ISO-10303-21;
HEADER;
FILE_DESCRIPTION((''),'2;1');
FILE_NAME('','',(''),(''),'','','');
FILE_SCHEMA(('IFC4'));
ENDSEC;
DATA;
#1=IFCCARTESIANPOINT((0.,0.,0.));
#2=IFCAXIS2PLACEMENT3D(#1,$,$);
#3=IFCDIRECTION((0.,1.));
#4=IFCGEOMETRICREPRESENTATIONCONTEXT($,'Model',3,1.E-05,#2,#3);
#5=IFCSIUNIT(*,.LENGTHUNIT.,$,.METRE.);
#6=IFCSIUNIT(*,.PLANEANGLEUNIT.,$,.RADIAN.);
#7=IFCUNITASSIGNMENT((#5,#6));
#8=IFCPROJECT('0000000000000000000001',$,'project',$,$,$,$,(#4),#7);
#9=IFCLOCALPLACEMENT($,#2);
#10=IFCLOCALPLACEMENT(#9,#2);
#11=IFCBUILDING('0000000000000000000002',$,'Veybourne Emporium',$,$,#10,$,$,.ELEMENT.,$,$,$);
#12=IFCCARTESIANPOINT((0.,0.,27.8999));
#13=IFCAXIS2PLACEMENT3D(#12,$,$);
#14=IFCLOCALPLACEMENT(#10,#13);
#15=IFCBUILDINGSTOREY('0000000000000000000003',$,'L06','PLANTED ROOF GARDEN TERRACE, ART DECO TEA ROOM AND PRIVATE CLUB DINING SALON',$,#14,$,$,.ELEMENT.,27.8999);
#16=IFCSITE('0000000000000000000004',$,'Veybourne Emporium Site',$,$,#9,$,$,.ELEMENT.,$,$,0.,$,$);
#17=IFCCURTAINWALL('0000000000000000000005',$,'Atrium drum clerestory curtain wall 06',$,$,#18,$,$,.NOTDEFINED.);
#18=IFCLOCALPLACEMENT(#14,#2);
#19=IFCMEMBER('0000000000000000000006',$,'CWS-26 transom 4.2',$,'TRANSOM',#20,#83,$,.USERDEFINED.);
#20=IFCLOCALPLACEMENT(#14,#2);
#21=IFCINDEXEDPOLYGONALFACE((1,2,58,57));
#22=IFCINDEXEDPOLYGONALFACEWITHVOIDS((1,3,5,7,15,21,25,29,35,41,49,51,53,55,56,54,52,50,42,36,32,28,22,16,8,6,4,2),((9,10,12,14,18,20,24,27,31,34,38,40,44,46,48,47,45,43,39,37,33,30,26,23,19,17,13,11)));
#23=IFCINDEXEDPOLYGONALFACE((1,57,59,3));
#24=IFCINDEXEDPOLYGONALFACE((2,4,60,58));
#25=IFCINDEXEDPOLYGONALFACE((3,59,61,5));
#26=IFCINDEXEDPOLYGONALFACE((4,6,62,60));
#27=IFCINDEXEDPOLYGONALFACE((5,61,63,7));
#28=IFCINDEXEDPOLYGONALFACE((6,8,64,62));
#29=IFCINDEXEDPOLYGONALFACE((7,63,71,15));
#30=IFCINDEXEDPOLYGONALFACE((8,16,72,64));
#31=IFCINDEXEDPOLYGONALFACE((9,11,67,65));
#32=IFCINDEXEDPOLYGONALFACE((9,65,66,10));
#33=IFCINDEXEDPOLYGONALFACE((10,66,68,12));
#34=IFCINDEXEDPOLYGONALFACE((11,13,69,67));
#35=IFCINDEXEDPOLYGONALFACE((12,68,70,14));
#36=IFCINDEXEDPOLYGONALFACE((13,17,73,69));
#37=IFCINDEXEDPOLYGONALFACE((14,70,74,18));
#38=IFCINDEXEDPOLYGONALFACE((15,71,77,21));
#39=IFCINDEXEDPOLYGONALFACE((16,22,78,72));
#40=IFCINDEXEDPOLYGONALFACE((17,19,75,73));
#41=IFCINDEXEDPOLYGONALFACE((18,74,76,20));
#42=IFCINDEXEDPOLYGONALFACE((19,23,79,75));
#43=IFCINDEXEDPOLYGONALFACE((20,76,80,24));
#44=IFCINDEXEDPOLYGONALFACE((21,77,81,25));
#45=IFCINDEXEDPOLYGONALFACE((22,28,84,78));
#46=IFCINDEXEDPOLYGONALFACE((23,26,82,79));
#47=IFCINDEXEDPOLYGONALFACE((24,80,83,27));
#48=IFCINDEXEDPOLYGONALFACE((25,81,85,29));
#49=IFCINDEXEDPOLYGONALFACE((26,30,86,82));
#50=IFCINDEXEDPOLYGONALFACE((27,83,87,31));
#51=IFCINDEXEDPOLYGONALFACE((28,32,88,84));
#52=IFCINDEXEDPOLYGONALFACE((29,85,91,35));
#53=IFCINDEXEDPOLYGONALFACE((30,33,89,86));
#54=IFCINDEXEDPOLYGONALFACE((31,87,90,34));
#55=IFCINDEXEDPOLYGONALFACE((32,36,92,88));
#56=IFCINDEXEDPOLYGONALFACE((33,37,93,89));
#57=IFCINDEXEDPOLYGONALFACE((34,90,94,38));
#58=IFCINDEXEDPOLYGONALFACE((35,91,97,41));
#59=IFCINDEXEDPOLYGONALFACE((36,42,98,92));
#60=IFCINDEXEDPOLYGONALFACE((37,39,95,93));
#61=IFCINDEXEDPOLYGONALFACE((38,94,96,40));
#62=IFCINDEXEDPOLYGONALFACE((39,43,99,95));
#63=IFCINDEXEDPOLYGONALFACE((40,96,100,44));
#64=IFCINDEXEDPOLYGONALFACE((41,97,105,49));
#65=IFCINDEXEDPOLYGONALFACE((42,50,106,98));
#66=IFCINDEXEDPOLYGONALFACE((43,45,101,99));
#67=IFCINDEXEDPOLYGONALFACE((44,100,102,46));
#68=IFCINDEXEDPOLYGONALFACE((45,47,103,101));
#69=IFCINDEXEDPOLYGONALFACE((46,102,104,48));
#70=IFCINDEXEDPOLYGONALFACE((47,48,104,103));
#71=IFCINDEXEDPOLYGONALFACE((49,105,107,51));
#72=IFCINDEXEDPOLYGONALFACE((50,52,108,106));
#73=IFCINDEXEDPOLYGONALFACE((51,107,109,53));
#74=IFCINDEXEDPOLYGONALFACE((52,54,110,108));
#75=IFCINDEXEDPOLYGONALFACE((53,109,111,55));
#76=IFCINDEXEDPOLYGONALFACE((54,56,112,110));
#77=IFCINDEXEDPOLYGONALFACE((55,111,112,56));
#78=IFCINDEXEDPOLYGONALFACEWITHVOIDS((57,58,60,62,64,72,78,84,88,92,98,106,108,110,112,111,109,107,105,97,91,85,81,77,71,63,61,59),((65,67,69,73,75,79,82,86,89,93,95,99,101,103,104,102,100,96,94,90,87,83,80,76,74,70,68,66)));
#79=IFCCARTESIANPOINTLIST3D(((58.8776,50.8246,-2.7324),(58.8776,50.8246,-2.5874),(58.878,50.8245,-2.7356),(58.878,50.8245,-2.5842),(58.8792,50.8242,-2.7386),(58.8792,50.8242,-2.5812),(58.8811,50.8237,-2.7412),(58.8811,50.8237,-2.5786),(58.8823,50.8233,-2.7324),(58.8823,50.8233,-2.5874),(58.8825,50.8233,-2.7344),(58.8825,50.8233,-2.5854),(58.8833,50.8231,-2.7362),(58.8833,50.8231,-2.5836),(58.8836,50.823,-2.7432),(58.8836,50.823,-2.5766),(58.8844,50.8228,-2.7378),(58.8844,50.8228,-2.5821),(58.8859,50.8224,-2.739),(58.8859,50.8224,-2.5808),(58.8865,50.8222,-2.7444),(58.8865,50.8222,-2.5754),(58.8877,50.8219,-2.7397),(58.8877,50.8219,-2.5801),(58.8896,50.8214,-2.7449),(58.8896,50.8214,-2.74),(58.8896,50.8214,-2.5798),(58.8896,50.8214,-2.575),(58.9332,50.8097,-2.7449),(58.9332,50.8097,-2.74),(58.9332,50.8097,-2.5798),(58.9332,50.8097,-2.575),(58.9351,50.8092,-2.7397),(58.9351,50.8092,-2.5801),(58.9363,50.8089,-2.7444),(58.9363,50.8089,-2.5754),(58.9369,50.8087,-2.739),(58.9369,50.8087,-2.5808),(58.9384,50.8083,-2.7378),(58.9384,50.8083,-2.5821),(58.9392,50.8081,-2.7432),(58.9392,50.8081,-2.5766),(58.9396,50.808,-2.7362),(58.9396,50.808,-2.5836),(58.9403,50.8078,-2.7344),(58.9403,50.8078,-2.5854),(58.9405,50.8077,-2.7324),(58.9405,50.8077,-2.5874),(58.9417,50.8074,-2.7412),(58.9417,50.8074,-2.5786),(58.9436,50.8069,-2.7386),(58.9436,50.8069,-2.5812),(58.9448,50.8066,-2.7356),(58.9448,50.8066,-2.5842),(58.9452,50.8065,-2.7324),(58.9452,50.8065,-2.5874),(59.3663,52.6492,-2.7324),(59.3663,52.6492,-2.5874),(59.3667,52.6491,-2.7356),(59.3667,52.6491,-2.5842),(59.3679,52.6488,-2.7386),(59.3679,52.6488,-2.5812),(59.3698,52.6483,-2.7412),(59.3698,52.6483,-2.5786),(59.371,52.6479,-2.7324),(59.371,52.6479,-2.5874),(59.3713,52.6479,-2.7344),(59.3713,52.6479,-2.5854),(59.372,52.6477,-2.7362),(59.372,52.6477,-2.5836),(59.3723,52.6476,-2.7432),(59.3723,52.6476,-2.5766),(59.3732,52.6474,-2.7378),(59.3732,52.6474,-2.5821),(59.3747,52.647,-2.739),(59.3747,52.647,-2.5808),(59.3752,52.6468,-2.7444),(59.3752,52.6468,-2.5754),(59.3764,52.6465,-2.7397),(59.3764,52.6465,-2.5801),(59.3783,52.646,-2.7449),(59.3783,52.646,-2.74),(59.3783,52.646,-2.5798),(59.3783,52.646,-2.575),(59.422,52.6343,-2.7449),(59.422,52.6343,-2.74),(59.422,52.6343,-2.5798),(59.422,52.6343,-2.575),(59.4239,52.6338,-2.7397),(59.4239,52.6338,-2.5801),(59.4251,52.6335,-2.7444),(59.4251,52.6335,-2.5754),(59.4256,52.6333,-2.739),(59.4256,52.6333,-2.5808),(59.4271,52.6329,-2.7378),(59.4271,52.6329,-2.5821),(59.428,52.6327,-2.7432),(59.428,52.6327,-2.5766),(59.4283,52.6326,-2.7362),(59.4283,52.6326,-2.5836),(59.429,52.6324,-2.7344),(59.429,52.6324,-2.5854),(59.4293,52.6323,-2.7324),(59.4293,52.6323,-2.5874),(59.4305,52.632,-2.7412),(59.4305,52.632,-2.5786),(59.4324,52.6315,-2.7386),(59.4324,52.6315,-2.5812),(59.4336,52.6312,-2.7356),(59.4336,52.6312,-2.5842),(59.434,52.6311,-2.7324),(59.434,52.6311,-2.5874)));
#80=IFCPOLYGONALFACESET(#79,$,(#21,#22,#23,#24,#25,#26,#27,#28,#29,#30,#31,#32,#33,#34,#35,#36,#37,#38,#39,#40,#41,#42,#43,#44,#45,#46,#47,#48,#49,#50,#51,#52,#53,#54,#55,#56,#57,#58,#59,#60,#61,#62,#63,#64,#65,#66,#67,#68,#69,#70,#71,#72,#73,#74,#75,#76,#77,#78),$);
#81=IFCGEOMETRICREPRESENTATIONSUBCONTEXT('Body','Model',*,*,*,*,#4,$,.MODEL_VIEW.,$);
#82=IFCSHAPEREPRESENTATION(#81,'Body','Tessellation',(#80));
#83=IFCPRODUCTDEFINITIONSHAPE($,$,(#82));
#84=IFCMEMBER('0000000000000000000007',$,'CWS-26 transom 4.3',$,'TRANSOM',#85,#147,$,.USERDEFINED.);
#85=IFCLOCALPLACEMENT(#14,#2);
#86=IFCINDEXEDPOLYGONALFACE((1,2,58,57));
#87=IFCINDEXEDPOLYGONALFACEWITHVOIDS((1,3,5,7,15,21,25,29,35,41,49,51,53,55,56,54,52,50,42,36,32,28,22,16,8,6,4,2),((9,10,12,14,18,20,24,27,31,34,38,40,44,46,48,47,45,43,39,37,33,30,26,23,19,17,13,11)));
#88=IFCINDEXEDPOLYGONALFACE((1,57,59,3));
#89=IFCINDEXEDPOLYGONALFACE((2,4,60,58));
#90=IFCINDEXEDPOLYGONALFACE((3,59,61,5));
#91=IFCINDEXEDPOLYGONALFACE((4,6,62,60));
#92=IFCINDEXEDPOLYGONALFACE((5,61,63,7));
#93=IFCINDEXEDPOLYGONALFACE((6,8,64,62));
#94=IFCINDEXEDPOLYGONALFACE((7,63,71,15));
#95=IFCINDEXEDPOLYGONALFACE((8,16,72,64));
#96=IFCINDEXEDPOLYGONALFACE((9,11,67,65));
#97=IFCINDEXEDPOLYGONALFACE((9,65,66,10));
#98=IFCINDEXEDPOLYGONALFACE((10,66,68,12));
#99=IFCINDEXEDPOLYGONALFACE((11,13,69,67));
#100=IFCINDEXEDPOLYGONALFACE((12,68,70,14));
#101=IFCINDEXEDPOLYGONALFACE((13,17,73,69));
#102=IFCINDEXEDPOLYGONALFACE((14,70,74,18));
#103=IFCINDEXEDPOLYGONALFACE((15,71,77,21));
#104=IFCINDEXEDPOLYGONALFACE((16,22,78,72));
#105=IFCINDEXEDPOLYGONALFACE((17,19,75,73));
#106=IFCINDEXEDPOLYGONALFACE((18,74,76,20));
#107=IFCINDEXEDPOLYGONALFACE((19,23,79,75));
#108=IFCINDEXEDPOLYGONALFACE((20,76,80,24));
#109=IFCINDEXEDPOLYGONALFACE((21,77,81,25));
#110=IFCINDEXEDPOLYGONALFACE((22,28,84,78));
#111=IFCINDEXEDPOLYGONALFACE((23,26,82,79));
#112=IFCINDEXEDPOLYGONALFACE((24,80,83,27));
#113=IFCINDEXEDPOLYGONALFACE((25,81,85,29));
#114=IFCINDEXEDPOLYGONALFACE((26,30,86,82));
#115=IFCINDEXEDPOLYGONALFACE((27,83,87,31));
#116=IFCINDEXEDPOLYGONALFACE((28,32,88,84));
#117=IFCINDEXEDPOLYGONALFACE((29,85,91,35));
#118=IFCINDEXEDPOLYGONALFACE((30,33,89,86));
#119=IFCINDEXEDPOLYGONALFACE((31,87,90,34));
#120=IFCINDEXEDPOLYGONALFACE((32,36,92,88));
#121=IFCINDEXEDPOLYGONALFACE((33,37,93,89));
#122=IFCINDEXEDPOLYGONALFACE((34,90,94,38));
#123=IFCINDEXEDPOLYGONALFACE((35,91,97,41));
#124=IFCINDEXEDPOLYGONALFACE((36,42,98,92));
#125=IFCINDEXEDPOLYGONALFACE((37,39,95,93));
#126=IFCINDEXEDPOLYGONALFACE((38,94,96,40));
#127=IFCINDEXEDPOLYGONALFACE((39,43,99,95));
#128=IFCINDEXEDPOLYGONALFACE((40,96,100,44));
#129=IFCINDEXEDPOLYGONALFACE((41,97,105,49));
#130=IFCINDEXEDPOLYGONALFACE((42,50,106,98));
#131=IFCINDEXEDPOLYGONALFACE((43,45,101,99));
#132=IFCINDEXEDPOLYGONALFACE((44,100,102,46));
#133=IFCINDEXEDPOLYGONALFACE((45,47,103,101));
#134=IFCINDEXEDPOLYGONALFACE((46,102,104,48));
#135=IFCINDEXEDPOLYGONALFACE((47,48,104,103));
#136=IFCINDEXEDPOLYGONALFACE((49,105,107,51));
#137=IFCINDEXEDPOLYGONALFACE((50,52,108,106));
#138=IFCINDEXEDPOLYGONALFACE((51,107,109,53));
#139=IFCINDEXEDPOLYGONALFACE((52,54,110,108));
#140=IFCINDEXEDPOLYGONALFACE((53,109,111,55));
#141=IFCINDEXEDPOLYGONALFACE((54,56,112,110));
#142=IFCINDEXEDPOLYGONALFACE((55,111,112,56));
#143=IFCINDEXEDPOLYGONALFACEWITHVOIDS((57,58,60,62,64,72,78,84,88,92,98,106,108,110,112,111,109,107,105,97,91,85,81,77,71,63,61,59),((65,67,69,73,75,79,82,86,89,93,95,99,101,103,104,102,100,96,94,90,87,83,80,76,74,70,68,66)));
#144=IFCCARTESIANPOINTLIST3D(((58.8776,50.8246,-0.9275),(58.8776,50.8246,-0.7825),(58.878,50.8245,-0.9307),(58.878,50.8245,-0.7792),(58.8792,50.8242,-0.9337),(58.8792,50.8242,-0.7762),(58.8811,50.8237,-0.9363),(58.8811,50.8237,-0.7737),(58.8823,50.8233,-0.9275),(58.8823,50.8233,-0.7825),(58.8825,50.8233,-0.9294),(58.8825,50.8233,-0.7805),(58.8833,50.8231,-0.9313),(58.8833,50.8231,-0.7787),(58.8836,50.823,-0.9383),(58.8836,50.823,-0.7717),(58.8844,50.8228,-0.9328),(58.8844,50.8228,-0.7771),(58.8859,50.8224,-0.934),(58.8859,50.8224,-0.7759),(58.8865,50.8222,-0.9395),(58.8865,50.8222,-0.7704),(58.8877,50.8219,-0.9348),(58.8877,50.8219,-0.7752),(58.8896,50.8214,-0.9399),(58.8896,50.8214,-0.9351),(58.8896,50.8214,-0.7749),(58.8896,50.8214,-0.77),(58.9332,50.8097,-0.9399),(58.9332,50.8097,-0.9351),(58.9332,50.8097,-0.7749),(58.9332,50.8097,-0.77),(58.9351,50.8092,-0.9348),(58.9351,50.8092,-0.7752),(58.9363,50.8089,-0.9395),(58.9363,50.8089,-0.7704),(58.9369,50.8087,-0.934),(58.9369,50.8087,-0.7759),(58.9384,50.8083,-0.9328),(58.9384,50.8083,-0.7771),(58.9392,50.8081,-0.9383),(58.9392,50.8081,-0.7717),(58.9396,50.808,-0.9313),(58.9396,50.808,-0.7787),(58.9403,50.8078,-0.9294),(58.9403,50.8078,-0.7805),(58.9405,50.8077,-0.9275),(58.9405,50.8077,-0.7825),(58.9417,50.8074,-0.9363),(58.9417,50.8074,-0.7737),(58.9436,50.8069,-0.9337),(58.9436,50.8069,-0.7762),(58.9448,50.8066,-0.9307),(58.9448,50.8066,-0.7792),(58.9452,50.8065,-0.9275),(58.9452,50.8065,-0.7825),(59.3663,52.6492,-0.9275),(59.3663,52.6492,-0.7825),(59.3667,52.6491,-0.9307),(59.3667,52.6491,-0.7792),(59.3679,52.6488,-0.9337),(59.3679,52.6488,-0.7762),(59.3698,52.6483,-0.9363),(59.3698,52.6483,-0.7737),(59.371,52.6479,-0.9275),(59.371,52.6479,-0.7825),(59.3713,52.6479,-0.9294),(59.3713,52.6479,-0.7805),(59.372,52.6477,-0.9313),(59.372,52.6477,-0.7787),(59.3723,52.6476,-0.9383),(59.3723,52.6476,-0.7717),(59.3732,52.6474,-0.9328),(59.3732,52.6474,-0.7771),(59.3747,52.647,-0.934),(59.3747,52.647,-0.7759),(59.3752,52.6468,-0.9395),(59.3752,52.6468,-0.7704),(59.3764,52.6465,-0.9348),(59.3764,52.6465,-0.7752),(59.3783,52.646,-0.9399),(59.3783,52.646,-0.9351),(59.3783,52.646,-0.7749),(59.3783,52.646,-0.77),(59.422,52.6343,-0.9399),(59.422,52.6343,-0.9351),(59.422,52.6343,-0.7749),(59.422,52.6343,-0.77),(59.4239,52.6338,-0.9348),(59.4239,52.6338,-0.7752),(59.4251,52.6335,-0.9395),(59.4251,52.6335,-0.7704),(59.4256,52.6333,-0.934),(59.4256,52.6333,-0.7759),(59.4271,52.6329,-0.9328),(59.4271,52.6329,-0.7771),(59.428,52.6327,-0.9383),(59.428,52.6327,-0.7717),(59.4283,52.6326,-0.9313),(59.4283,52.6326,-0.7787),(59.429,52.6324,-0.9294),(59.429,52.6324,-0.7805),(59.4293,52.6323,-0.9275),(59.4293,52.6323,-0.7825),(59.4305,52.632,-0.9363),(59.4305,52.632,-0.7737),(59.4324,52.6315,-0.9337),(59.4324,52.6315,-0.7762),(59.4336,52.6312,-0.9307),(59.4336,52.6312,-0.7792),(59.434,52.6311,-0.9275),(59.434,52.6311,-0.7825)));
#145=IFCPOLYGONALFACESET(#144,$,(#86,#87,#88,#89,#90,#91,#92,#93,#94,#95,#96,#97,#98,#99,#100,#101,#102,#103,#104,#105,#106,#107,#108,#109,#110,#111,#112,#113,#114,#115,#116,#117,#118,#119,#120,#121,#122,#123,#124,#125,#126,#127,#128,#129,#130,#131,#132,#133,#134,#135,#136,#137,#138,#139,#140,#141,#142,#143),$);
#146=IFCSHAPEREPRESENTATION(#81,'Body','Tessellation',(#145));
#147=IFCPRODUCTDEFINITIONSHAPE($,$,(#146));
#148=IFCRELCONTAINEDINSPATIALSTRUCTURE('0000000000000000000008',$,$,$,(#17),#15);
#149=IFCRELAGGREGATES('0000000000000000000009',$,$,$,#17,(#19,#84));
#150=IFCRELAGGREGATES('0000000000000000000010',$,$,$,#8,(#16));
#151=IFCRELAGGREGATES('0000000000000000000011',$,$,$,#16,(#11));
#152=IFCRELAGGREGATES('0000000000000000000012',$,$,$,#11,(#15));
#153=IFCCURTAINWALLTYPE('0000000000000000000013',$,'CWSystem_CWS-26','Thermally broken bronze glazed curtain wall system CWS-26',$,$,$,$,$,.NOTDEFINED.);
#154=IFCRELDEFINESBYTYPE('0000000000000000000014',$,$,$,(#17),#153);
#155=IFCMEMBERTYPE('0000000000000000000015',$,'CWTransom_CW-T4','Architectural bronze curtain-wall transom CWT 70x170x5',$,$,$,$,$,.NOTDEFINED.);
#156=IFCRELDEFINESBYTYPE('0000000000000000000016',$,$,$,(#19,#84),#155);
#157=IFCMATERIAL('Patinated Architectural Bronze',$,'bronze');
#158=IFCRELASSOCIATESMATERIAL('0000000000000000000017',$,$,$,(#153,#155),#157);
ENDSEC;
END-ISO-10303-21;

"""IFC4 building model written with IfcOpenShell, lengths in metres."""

from ifc_helpers import new_model, si_unit, direction, frame, origin, origin_2d, place, context, subcontext, project, spatial, hollow_rectangle, extrude, material, material_profile, profile_set, type_object, element, aggregate, save


model = new_model("IFC4")

# Units and contexts
model_context = context("Model", 3, precision=1e-05, world=origin(), true_north=direction((0.0, 1.0)))
body_context = subcontext(model_context, "Body", "Model", "MODEL_VIEW")
ifc_project = project(units=[si_unit("LENGTHUNIT", "METRE"), si_unit("PLANEANGLEUNIT", "RADIAN")], contexts=[model_context])

# Site, building, storey
site_placement = place(None, origin())
site = spatial("IfcSite", under=ifc_project, at=site_placement, Name="Veybourne Emporium Site", CompositionType="ELEMENT", RefElevation=0.0)
building_placement = place(site_placement, origin())
building = spatial("IfcBuilding", under=site, at=building_placement, Name="Veybourne Emporium", CompositionType="ELEMENT")
storey_placement = place(building_placement, frame((0.0, 0.0, 27.8999)))
storey = spatial("IfcBuildingStorey", under=building, at=storey_placement, Name="L06", Description="PLANTED ROOF GARDEN TERRACE, ART DECO TEA ROOM AND PRIVATE CLUB DINING SALON", CompositionType="ELEMENT", Elevation=27.8999)

# Curtain wall
ifc_material_1 = material(Name="Patinated Architectural Bronze", Category="bronze")
curtain_wall_type_1 = type_object("IfcCurtainWallType", Name="CWSystem_CWS-26", Description="Thermally broken bronze glazed curtain wall system CWS-26", PredefinedType="NOTDEFINED", material=ifc_material_1)
curtain_wall_1_placement = place(storey_placement, origin())
curtain_wall_1 = element("IfcCurtainWall", 1, at=curtain_wall_1_placement, inside=storey, type_object=curtain_wall_type_1, Name="Atrium drum clerestory curtain wall 06", PredefinedType="NOTDEFINED")

# Members
ifc_material_profile_1 = material_profile(ifc_material_1, hollow_rectangle(XDim=0.0701, YDim=0.1699, WallThickness=0.0049, InnerFilletRadius=0.0076, OuterFilletRadius=0.0125, at=origin_2d()), Name="CWT 70x170x5")
ifc_profile_set_1 = profile_set([ifc_material_profile_1], Name="Patinated Architectural Bronze")
member_type_1 = type_object("IfcMemberType", Name="CWTransom_CW-T4", Description="Architectural bronze curtain-wall transom CWT 70x170x5", PredefinedType="NOTDEFINED", material=ifc_profile_set_1)
member_1_placement = place(storey_placement, frame((59.4001, 52.6401, -2.6599), z_axis=(-0.25874, -0.965947, 0.0), x_axis=(0.965947, -0.25874, 0.0)))
member_1 = element("IfcMember", 2, at=member_1_placement, type_object=member_type_1, Name="CWS-26 transom 4.2", ObjectType="TRANSOM", PredefinedType="USERDEFINED", context=body_context, shape_type="SweptSolid", body=[
    extrude(hollow_rectangle(XDim=0.0701, YDim=0.1699, WallThickness=0.0049, InnerFilletRadius=0.0076, OuterFilletRadius=0.0125, at=origin_2d()), origin(), (0.0, 0.0, 1.0), 1.8889),
])
member_2_placement = place(storey_placement, frame((59.4001, 52.6401, -0.855), z_axis=(-0.25874, -0.965947, 0.0), x_axis=(0.965947, -0.25874, 0.0)))
member_2 = element("IfcMember", 3, at=member_2_placement, type_object=member_type_1, Name="CWS-26 transom 4.3", ObjectType="TRANSOM", PredefinedType="USERDEFINED", context=body_context, shape_type="SweptSolid", body=[
    extrude(hollow_rectangle(XDim=0.0701, YDim=0.1699, WallThickness=0.0049, InnerFilletRadius=0.0076, OuterFilletRadius=0.0125, at=origin_2d()), origin(), (0.0, 0.0, 1.0), 1.8889),
])

aggregate(curtain_wall_1, [member_1, member_2])

save(model, "model.ifc")
